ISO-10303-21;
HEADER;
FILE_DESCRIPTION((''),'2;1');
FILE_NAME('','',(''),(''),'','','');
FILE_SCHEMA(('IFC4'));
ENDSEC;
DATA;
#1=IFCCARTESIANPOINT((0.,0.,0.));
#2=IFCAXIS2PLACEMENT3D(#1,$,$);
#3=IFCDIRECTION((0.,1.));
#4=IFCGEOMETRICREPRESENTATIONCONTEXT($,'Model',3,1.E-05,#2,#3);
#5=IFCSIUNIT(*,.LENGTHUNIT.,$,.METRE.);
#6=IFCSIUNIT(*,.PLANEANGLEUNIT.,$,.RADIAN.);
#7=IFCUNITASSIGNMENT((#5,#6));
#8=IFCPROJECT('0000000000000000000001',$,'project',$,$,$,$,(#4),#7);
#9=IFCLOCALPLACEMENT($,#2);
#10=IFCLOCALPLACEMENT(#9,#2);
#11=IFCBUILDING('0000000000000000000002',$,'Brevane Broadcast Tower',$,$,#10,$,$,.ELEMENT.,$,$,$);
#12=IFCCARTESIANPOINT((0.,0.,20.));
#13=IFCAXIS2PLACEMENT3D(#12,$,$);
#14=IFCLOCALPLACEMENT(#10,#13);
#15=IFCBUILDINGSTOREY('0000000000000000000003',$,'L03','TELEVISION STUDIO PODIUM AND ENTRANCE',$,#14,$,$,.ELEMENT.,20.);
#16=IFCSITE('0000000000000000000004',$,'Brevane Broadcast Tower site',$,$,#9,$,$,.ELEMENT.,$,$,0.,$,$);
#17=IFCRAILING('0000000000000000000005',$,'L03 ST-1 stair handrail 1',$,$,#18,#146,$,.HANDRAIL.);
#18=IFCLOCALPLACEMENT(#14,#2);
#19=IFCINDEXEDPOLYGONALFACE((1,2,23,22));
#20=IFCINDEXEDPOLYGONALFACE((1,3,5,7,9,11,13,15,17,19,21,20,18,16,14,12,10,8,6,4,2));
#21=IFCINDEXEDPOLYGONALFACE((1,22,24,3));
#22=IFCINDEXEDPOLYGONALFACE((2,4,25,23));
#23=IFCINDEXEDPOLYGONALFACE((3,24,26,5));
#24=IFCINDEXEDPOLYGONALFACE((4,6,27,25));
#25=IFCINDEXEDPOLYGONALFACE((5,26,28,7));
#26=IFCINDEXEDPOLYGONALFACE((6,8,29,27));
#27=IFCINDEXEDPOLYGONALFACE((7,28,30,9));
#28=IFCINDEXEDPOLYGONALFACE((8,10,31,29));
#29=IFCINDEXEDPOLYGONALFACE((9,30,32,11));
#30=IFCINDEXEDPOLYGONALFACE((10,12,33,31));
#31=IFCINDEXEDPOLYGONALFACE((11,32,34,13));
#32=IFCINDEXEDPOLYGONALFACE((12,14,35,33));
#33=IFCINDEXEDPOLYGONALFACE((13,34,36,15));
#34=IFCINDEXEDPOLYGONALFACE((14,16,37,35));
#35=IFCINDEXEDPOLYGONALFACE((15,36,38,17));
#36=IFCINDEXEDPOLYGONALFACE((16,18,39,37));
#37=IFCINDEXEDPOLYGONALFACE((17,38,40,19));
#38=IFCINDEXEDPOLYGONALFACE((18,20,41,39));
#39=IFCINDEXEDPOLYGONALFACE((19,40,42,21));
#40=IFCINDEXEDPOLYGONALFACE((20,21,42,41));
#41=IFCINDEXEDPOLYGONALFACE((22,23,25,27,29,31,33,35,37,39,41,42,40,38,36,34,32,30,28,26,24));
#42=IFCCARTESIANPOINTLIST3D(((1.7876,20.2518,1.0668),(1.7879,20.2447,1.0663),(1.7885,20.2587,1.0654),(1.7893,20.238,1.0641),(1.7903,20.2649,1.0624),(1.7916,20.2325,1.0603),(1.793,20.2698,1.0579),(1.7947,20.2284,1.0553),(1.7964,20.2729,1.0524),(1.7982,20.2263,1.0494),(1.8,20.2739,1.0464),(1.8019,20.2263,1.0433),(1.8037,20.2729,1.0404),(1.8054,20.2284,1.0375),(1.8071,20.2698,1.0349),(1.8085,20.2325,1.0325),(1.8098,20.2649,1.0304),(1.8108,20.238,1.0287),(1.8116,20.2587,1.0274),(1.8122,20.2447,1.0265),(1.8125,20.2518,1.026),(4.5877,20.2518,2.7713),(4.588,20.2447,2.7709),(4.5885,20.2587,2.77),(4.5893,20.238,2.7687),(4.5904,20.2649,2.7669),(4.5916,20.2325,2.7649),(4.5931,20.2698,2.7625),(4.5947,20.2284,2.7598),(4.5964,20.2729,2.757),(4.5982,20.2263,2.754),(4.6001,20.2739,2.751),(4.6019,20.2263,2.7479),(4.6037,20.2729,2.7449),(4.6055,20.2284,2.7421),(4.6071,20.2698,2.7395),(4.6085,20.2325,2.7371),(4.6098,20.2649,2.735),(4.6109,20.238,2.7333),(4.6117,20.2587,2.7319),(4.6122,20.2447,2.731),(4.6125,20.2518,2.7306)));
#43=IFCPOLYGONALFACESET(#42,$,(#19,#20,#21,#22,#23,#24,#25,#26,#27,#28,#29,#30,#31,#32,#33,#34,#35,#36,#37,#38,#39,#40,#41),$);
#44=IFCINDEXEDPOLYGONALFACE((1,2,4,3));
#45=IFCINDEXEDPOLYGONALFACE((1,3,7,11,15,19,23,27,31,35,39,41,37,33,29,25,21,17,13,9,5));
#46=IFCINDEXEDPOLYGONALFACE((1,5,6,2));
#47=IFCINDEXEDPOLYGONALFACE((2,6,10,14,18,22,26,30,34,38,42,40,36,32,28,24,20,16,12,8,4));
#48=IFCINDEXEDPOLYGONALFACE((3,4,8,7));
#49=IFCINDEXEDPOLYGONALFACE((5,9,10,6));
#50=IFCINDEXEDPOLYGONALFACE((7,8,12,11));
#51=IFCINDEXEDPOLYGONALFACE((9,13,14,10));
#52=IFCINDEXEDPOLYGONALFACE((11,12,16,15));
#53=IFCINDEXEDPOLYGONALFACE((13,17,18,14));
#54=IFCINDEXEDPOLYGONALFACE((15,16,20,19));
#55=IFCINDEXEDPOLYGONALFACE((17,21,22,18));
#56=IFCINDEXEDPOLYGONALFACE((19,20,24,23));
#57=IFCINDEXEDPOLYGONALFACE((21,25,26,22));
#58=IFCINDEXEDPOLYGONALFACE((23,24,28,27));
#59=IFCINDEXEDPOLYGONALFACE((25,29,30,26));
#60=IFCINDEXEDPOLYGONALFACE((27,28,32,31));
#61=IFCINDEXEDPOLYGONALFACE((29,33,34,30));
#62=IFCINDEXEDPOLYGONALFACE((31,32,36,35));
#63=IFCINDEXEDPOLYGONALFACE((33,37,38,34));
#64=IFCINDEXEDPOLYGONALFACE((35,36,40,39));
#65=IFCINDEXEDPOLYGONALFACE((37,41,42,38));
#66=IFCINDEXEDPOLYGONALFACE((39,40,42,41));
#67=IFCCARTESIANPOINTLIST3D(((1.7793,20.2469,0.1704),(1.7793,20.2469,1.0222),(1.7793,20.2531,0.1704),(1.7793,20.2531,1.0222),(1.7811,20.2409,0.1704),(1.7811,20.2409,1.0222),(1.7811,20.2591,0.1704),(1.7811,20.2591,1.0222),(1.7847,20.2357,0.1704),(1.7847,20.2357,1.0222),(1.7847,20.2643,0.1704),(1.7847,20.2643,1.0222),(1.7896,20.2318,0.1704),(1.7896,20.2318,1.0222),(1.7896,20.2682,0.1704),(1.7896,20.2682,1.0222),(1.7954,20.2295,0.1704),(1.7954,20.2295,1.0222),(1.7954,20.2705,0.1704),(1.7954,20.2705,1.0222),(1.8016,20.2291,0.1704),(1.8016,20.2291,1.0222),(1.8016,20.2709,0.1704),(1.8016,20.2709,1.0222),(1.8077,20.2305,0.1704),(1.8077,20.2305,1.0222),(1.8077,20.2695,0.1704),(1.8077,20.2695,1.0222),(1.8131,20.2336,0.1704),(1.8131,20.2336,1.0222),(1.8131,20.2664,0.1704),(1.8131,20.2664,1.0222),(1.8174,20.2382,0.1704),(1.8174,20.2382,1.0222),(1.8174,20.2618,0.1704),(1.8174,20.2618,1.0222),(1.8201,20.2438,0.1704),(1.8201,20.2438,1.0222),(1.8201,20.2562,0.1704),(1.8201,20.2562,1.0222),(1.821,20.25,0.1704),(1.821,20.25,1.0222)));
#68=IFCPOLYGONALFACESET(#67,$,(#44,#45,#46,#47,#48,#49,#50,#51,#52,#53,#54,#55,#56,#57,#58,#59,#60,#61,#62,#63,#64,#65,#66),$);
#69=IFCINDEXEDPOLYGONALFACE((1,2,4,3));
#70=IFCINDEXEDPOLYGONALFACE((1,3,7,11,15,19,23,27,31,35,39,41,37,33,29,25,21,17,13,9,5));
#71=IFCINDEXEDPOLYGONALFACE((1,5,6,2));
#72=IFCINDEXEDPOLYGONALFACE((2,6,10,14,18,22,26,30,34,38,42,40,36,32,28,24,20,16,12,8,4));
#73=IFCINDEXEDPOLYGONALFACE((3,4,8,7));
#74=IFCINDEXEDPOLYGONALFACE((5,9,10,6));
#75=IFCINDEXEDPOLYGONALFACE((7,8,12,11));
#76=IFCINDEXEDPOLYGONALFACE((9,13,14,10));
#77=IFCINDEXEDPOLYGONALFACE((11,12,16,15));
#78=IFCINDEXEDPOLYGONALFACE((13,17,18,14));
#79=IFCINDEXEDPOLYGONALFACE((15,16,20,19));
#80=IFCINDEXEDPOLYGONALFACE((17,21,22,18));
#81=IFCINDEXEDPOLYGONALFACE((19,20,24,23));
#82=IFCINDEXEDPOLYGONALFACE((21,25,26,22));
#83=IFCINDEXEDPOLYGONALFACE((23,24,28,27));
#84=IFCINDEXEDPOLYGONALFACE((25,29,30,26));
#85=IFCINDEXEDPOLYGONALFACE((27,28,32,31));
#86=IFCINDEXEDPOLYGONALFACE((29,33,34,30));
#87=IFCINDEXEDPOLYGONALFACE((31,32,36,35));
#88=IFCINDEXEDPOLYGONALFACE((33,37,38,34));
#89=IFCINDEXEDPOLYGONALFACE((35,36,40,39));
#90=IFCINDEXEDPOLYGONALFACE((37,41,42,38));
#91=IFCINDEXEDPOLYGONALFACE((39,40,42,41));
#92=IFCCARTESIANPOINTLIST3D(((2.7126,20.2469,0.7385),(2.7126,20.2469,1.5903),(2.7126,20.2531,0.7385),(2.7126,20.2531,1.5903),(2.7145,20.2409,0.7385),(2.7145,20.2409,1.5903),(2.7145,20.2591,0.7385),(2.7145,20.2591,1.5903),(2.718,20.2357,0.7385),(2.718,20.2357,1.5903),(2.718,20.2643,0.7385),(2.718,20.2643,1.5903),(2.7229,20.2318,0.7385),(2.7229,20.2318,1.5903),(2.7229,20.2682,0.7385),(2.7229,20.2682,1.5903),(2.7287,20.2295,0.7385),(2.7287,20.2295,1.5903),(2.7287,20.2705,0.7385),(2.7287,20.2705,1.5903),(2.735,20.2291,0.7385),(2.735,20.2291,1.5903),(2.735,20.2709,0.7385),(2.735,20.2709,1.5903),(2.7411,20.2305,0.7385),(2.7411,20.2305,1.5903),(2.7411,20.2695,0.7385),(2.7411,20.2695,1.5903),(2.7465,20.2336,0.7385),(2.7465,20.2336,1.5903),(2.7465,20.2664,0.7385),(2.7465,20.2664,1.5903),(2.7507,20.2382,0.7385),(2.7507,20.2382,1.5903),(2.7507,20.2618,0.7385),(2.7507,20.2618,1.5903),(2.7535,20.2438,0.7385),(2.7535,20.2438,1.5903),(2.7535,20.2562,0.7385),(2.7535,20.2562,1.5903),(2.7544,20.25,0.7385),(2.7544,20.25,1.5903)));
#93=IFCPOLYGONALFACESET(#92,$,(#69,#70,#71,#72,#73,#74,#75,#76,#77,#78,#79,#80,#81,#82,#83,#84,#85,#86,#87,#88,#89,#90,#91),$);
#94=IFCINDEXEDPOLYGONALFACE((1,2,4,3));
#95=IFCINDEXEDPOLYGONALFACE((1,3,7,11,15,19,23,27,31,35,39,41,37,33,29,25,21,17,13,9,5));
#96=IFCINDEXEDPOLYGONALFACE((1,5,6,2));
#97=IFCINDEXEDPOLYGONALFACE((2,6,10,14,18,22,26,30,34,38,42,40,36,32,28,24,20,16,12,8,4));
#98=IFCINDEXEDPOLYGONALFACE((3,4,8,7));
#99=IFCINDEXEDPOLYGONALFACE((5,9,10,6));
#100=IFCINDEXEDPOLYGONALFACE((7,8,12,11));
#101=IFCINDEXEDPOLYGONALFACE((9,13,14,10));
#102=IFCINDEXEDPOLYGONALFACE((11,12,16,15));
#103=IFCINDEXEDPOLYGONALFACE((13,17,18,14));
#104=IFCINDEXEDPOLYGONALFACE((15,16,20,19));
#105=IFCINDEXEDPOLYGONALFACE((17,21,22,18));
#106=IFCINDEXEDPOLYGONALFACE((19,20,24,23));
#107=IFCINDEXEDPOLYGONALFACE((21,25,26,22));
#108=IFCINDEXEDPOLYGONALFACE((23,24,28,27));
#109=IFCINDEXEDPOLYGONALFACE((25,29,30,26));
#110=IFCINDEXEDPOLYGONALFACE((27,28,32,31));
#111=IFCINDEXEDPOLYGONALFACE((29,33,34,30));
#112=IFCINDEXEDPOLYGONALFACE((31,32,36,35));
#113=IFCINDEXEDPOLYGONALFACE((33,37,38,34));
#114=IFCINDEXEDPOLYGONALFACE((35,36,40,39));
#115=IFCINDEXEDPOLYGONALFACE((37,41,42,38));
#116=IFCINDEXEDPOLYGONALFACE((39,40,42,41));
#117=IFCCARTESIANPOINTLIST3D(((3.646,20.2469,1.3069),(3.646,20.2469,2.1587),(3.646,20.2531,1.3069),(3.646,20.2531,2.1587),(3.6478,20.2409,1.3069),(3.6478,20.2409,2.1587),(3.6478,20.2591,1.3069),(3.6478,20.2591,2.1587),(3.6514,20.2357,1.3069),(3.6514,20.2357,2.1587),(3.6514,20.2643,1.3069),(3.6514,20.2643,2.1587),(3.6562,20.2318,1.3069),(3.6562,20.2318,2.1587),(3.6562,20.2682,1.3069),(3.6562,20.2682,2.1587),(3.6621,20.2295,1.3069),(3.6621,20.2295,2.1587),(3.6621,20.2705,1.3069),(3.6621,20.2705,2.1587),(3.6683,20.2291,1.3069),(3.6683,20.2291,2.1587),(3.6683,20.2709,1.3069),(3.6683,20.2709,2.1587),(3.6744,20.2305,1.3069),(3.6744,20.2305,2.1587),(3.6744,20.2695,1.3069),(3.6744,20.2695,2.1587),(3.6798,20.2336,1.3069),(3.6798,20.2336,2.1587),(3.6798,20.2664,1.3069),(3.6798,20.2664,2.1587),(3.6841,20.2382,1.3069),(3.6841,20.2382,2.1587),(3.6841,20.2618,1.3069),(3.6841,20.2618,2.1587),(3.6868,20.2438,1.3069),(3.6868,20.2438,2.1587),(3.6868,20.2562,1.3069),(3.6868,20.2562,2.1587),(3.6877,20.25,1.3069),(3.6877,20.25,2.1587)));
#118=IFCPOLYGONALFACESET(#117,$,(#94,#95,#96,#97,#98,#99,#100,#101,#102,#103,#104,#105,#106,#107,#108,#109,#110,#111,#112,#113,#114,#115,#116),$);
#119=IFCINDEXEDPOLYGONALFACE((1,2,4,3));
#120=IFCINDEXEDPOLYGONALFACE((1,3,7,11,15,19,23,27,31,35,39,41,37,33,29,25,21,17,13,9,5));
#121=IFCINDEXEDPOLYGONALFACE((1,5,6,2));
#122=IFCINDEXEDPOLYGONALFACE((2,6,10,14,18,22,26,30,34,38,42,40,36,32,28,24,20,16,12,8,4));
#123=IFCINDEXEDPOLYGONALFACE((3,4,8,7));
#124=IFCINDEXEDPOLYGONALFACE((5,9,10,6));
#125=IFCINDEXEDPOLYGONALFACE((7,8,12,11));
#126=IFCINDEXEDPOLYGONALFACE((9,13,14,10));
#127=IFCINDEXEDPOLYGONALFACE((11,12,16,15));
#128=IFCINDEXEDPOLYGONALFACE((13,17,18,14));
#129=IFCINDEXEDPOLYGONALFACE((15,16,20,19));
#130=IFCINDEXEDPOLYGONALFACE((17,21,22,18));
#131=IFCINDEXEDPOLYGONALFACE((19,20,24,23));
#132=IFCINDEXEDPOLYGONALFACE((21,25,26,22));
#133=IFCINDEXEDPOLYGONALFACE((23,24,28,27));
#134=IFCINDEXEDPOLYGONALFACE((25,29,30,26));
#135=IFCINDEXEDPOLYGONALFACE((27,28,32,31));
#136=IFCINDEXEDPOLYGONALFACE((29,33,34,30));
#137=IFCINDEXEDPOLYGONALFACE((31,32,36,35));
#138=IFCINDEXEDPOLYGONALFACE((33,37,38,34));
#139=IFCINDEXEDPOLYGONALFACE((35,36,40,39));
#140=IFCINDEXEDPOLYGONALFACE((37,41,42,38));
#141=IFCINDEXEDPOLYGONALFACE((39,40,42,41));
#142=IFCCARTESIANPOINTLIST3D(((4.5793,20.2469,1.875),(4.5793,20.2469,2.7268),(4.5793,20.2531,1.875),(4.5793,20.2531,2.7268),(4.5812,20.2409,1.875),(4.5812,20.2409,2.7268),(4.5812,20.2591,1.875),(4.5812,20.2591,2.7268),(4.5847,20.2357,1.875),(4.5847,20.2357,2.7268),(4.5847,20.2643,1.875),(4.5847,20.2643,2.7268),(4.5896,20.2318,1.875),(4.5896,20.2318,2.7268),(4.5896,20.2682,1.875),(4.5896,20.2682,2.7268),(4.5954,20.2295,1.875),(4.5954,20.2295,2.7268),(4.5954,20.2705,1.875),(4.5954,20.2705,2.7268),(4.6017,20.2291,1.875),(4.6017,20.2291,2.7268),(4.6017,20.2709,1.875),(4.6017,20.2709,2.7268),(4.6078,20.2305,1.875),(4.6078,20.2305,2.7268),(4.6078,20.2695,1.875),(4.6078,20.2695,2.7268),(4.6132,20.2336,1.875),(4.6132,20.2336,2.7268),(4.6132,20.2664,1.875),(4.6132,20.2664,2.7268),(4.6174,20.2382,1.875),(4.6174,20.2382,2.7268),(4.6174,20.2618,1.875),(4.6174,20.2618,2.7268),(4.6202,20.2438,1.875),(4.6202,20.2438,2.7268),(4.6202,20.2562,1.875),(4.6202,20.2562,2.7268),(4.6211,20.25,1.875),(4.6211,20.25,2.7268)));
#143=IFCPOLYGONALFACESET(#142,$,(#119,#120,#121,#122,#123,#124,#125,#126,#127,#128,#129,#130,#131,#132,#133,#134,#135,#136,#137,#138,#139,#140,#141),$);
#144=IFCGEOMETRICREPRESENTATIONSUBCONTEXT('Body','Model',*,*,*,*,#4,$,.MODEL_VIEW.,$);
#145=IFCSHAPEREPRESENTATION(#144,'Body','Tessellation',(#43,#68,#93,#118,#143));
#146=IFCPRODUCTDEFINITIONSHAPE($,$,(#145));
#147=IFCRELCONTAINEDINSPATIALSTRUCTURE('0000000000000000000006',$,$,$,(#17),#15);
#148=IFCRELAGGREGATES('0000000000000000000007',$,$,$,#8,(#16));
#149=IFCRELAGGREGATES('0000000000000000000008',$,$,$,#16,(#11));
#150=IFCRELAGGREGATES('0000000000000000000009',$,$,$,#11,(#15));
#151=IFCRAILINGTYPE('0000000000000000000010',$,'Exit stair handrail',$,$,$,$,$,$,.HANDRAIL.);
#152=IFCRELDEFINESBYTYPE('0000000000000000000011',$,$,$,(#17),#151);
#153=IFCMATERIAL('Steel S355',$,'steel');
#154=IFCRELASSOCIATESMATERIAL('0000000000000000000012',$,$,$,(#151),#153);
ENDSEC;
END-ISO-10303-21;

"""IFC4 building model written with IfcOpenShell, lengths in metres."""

from ifc_helpers import new_model, si_unit, direction, frame, origin, origin_2d, place, context, subcontext, project, spatial, circle, extrude, material, type_object, element, save


model = new_model("IFC4")

# Units and contexts
model_context = context("Model", 3, precision=1e-05, world=origin(), true_north=direction((0.0, 1.0)))
body_context = subcontext(model_context, "Body", "Model", "MODEL_VIEW")
ifc_project = project(units=[si_unit("LENGTHUNIT", "METRE"), si_unit("PLANEANGLEUNIT", "RADIAN")], contexts=[model_context])

# Site, building, storey
site_placement = place(None, origin())
site = spatial("IfcSite", under=ifc_project, at=site_placement, Name="Brevane Broadcast Tower site", CompositionType="ELEMENT", RefElevation=0.0)
building_placement = place(site_placement, origin())
building = spatial("IfcBuilding", under=site, at=building_placement, Name="Brevane Broadcast Tower", CompositionType="ELEMENT")
storey_placement = place(building_placement, frame((0.0, 0.0, 20.0)))
storey = spatial("IfcBuildingStorey", under=building, at=storey_placement, Name="L03", Description="TELEVISION STUDIO PODIUM AND ENTRANCE", CompositionType="ELEMENT", Elevation=20.0)

# Railing
ifc_material_1 = material(Name="Steel S355", Category="steel")
railing_type_1 = type_object("IfcRailingType", Name="Exit stair handrail", PredefinedType="HANDRAIL", material=ifc_material_1)
railing_1_placement = place(storey_placement, frame((1.8, 20.25, 0.1704)))
element("IfcRailing", 1, at=railing_1_placement, inside=storey, type_object=railing_type_1, Name="L03 ST-1 stair handrail 1", PredefinedType="HANDRAIL", context=body_context, shape_type="SweptSolid", body=[
    extrude(circle(Radius=0.0239, at=origin_2d()), frame((0.0, 0.0, 0.876), z_axis=(0.85417, 0.0, 0.519994), x_axis=(0.0, 1.0, 0.0)), (0.0, 0.0, 1.0), 3.2781),
    extrude(circle(Radius=0.021, at=origin_2d()), origin(), (0.0, 0.0, 1.0), 0.8518),
    extrude(circle(Radius=0.021, at=origin_2d()), frame((0.9333, 0.0, 0.5681)), (0.0, 0.0, 1.0), 0.8518),
    extrude(circle(Radius=0.021, at=origin_2d()), frame((1.8667, 0.0, 1.1365)), (0.0, 0.0, 1.0), 0.8518),
    extrude(circle(Radius=0.021, at=origin_2d()), frame((2.8, 0.0, 1.7046)), (0.0, 0.0, 1.0), 0.8518),
])

save(model, "model.ifc")
